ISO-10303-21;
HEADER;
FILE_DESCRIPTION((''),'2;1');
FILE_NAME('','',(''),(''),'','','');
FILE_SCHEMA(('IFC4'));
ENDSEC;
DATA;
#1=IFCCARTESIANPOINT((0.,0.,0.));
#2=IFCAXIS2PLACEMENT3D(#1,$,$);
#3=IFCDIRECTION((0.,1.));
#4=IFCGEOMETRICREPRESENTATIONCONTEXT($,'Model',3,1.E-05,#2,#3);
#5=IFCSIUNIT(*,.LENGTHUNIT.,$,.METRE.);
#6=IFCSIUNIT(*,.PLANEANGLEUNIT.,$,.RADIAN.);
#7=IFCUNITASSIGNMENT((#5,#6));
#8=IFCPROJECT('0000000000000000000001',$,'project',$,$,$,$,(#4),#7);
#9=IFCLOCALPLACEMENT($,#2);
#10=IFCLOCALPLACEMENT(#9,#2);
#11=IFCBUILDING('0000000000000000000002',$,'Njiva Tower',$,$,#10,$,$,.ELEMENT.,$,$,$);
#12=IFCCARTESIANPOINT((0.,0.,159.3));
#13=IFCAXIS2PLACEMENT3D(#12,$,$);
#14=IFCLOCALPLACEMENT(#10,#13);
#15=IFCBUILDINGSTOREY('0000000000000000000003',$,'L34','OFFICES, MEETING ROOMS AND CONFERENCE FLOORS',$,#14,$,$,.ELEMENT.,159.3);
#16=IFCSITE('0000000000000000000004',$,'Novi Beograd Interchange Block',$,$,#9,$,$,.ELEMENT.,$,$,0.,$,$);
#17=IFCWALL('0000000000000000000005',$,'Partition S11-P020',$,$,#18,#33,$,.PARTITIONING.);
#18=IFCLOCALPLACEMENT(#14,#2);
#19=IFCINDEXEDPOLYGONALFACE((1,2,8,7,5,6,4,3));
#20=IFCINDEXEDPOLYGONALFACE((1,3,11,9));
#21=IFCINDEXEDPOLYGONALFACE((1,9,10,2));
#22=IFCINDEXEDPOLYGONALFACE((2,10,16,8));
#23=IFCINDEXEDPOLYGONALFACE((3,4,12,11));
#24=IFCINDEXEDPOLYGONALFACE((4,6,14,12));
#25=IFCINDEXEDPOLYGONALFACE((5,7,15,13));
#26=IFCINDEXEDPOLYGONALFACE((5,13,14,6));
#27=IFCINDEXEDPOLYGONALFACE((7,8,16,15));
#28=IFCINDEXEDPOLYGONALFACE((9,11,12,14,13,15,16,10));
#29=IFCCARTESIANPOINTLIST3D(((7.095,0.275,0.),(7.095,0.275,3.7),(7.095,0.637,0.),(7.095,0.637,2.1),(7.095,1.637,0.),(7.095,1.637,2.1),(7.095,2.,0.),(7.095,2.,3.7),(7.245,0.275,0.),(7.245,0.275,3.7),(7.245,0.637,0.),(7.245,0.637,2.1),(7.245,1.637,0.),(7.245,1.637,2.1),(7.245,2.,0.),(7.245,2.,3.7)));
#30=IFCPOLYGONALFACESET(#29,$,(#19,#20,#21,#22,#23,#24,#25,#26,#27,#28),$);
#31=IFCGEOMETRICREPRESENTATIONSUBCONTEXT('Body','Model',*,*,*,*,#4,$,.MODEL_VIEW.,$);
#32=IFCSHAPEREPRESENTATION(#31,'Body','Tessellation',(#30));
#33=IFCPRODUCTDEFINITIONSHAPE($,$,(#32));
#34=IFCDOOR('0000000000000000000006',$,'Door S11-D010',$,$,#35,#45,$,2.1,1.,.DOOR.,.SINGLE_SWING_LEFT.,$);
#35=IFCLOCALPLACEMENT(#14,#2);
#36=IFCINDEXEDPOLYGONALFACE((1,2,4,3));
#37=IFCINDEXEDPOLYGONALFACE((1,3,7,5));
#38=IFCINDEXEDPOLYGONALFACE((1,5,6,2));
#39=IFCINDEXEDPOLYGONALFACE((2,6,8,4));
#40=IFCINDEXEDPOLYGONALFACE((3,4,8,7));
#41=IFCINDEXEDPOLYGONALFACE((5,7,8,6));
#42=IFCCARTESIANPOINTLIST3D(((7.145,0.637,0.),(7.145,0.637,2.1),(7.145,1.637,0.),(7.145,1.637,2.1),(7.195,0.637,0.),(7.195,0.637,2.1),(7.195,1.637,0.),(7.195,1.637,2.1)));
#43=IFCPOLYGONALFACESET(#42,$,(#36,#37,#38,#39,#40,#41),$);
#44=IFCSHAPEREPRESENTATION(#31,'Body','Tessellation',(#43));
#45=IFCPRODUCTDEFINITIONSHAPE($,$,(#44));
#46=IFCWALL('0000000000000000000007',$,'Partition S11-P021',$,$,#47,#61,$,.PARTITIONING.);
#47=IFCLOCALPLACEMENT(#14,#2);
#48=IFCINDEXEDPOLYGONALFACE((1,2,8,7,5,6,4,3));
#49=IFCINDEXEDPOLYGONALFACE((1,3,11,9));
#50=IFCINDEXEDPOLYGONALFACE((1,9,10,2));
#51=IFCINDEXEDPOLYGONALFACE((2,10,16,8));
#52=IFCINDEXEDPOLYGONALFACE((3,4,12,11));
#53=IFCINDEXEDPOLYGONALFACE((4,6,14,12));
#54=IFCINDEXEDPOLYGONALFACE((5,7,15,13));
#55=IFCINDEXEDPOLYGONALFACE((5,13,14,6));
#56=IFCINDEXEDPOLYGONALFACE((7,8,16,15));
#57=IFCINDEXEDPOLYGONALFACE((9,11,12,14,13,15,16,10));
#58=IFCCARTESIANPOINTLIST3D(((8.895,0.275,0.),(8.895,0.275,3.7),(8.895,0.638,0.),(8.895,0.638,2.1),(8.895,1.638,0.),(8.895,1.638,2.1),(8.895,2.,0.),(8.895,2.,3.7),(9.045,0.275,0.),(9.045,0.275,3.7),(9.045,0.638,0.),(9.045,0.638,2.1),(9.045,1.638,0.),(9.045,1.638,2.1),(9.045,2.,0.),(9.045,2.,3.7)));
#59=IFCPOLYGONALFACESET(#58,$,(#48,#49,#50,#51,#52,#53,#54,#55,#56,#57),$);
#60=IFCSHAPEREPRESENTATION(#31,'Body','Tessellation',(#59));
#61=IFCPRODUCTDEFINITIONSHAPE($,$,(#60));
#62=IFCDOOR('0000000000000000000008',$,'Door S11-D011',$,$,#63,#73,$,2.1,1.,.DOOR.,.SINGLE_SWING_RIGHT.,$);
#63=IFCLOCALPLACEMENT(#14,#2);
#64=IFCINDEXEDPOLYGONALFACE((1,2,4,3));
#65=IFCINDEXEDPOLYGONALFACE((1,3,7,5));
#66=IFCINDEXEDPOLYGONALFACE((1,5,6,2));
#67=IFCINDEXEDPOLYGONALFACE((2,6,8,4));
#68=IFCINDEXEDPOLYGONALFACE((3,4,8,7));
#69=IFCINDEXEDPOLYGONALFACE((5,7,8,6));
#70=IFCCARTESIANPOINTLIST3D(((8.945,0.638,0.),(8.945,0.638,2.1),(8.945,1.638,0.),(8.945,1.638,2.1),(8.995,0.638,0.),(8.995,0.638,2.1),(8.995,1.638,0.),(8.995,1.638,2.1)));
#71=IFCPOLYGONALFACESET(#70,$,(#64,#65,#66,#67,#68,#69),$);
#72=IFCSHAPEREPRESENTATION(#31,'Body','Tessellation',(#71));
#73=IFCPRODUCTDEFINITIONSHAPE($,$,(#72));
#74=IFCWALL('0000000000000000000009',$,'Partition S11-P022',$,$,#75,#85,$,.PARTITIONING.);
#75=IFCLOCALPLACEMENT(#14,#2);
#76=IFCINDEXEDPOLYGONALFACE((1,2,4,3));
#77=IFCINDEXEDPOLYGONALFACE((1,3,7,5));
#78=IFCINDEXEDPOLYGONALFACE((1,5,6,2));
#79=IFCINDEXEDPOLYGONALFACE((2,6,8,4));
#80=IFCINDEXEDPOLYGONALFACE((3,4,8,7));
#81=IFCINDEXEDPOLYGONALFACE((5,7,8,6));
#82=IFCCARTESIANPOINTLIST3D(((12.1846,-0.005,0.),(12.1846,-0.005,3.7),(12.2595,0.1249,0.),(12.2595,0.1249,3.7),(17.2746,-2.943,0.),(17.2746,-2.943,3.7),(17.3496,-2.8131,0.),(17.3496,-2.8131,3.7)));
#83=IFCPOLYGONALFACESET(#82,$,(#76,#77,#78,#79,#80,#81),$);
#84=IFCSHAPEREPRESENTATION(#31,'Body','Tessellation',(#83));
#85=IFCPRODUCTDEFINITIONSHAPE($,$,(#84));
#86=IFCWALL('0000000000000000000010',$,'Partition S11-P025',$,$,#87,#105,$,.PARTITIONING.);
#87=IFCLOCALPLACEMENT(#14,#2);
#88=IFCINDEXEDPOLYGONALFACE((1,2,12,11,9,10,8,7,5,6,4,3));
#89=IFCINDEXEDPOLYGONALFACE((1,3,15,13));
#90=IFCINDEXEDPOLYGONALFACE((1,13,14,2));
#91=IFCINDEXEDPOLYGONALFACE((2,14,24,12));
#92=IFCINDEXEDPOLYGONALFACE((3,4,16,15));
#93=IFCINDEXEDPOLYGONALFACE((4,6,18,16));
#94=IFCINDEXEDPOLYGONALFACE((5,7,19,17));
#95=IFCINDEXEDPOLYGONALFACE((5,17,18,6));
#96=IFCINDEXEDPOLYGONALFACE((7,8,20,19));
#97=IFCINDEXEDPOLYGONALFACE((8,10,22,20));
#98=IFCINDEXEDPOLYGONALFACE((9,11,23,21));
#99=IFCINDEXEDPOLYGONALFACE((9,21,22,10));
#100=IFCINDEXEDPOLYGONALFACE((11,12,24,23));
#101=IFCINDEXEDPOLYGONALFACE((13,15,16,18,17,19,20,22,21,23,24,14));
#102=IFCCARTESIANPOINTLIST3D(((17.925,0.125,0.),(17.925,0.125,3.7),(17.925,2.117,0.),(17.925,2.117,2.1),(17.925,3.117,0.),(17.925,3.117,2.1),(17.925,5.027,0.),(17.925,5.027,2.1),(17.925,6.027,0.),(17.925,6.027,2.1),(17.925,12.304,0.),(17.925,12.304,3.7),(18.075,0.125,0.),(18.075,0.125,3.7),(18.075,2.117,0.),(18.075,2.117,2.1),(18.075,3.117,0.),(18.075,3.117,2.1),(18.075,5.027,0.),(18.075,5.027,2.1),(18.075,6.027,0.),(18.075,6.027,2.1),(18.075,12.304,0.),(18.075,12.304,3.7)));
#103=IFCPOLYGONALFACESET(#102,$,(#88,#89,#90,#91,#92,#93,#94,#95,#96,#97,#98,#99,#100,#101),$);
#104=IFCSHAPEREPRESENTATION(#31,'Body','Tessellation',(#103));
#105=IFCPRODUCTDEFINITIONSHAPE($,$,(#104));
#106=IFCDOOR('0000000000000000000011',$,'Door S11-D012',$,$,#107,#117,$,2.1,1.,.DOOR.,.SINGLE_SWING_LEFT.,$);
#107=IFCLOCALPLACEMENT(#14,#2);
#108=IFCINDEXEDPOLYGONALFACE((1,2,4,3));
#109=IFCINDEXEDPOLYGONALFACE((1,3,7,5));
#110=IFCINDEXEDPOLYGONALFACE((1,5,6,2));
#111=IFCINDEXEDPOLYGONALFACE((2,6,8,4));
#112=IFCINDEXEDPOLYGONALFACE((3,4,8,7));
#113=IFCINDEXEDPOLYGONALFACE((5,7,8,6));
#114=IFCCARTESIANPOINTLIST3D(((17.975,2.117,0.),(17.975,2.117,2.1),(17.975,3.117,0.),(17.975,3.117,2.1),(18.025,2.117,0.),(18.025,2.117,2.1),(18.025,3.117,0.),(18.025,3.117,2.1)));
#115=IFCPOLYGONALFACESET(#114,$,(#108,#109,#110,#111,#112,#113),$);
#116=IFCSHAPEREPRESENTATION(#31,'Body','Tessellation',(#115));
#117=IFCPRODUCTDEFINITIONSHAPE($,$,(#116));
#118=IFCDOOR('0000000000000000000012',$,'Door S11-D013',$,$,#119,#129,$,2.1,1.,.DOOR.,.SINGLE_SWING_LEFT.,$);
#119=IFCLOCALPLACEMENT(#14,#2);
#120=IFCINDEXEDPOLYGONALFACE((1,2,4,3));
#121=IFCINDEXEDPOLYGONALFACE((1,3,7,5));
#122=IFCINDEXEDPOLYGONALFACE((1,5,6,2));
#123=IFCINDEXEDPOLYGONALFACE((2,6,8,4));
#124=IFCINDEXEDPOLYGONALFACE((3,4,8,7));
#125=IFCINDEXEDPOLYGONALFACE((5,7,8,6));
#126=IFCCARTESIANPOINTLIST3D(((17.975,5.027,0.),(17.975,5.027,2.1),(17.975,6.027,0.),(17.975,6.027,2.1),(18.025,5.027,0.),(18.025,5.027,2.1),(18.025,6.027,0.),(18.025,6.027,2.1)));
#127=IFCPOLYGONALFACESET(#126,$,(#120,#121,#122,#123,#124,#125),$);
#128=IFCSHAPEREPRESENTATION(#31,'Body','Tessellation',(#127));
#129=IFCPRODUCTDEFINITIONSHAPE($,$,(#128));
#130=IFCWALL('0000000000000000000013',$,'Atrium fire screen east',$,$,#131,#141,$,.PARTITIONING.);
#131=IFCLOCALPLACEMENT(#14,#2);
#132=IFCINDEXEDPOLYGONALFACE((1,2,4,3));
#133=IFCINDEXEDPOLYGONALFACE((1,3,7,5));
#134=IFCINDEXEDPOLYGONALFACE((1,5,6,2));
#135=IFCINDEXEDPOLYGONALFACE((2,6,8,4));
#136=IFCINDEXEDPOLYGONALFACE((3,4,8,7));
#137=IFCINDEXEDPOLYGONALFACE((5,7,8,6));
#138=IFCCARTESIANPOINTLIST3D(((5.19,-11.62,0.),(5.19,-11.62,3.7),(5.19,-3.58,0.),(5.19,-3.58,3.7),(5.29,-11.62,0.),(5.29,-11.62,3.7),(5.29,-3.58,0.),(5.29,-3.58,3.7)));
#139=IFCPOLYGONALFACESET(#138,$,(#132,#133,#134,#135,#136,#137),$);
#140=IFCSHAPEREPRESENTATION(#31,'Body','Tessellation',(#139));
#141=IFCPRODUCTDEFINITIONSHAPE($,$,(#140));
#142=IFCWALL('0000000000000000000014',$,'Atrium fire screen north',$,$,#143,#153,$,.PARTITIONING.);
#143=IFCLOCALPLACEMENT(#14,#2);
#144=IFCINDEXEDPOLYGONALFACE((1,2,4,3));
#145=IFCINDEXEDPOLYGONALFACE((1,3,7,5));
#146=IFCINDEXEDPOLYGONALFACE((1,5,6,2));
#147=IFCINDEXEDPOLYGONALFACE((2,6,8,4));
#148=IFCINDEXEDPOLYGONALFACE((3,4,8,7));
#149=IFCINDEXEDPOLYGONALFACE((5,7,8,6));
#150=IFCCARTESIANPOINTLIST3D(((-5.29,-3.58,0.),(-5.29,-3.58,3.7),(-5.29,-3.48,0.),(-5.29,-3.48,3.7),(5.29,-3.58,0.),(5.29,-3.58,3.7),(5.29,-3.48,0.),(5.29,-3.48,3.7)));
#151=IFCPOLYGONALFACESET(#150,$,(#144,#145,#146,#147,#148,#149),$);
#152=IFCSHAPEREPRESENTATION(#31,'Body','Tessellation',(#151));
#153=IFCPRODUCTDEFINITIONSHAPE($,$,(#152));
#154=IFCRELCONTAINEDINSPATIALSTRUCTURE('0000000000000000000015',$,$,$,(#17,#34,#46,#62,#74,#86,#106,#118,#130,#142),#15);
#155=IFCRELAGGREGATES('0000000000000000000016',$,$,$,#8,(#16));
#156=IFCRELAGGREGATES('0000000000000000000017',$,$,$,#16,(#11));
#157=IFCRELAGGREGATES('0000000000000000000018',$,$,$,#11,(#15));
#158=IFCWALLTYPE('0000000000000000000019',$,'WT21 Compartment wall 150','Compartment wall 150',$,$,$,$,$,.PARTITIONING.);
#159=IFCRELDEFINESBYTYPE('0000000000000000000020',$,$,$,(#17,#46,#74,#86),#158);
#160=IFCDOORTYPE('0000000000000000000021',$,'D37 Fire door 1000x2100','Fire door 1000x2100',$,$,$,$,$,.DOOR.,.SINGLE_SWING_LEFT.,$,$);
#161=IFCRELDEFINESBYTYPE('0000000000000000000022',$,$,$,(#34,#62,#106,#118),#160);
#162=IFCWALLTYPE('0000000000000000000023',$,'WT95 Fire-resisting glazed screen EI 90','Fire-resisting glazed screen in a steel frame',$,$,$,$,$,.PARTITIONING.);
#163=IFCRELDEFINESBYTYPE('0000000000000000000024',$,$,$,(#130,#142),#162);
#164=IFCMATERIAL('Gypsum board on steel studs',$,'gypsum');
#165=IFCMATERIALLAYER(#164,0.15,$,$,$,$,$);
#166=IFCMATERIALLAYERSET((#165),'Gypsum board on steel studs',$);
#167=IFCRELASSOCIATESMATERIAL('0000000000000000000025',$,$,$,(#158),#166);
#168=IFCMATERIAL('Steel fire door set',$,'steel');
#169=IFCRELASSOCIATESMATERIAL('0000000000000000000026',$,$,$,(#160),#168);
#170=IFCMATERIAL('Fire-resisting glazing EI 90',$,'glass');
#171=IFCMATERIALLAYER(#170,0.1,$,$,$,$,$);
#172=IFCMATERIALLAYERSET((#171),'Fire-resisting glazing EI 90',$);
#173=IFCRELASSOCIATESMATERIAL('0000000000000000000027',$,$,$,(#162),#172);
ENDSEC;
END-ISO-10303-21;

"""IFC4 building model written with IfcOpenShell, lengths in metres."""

from ifc_helpers import new_model, si_unit, direction, frame, frame_2d, origin, place, context, subcontext, project, spatial, rectangle, extrude, material, layer, layer_set, type_object, element, fill, save


model = new_model("IFC4")

# Units and contexts
model_context = context("Model", 3, precision=1e-05, world=origin(), true_north=direction((0.0, 1.0)))
body_context = subcontext(model_context, "Body", "Model", "MODEL_VIEW")
ifc_project = project(units=[si_unit("LENGTHUNIT", "METRE"), si_unit("PLANEANGLEUNIT", "RADIAN")], contexts=[model_context])

# Site, building, storey
site_placement = place(None, origin())
site = spatial("IfcSite", under=ifc_project, at=site_placement, Name="Novi Beograd Interchange Block", CompositionType="ELEMENT", RefElevation=0.0)
building_placement = place(site_placement, origin())
building = spatial("IfcBuilding", under=site, at=building_placement, Name="Njiva Tower", CompositionType="ELEMENT")
storey_placement = place(building_placement, frame((0.0, 0.0, 159.3)))
storey = spatial("IfcBuildingStorey", under=building, at=storey_placement, Name="L34", Description="OFFICES, MEETING ROOMS AND CONFERENCE FLOORS", CompositionType="ELEMENT", Elevation=159.3)

# Shared definitions
ifc_material_1 = material(Name="Gypsum board on steel studs", Category="gypsum")
ifc_layer_1 = layer(ifc_material_1, 0.15)
ifc_layer_set_1 = layer_set([ifc_layer_1], Name="Gypsum board on steel studs")
wall_type_1 = type_object("IfcWallType", Name="WT21 Compartment wall 150", Description="Compartment wall 150", PredefinedType="PARTITIONING", material=ifc_layer_set_1)

# Walls, openings, doors
ifc_material_2 = material(Name="Steel fire door set", Category="steel")
door_type = type_object("IfcDoorType", Name="D37 Fire door 1000x2100", Description="Fire door 1000x2100", OperationType="SINGLE_SWING_LEFT", PredefinedType="DOOR", material=ifc_material_2)
wall_1_placement = place(storey_placement, frame((7.17, 0.275, 0.0), z_axis=(0.0, 0.0, 1.0), x_axis=(0.0, 1.0, 0.0)))
wall_1 = element("IfcWall", 1, at=wall_1_placement, inside=storey, type_object=wall_type_1, Name="Partition S11-P020", PredefinedType="PARTITIONING", context=body_context, shape_type="SweptSolid", body=[
    extrude(rectangle(XDim=1.725, YDim=0.15, at=frame_2d((0.8625, 0.0))), origin(), (0.0, 0.0, 1.0), 3.7),
])
opening_1_placement = place(wall_1_placement, frame((0.362, 0.0, 0.0)))
opening_1 = element("IfcOpeningElement", 2, at=opening_1_placement, cuts=wall_1, PredefinedType="OPENING", context=body_context, shape_type="SweptSolid", body=[
    extrude(rectangle(XDim=1.0, YDim=2.1, at=frame_2d((0.5, 1.05))), frame((0.0, 0.085, 0.0), z_axis=(0.0, -1.0, 0.0), x_axis=(1.0, 0.0, 0.0)), (0.0, 0.0, 1.0), 0.17),
])
door_1_placement = place(opening_1_placement, origin())
door_1 = element("IfcDoor", 3, at=door_1_placement, inside=storey, type_object=door_type, Name="Door S11-D010", OperationType="SINGLE_SWING_LEFT", OverallHeight=2.1, OverallWidth=1.0, PredefinedType="DOOR", context=body_context, shape_type="SweptSolid", body=[
    extrude(rectangle(XDim=1.0, YDim=2.1, at=frame_2d((0.5, 1.05))), frame((0.0, 0.025, 0.0), z_axis=(0.0, -1.0, 0.0), x_axis=(1.0, 0.0, 0.0)), (0.0, 0.0, 1.0), 0.05),
])
fill(opening_1, door_1)
wall_2_placement = place(storey_placement, frame((8.97, 0.275, 0.0), z_axis=(0.0, 0.0, 1.0), x_axis=(0.0, 1.0, 0.0)))
wall_2 = element("IfcWall", 4, at=wall_2_placement, inside=storey, type_object=wall_type_1, Name="Partition S11-P021", PredefinedType="PARTITIONING", context=body_context, shape_type="SweptSolid", body=[
    extrude(rectangle(XDim=1.725, YDim=0.15, at=frame_2d((0.8625, 0.0))), origin(), (0.0, 0.0, 1.0), 3.7),
])
opening_2_placement = place(wall_2_placement, frame((0.363, 0.0, 0.0)))
opening_2 = element("IfcOpeningElement", 5, at=opening_2_placement, cuts=wall_2, PredefinedType="OPENING", context=body_context, shape_type="SweptSolid", body=[
    extrude(rectangle(XDim=1.0, YDim=2.1, at=frame_2d((0.5, 1.05))), frame((0.0, 0.085, 0.0), z_axis=(0.0, -1.0, 0.0), x_axis=(1.0, 0.0, 0.0)), (0.0, 0.0, 1.0), 0.17),
])
door_2_placement = place(opening_2_placement, origin())
door_2 = element("IfcDoor", 6, at=door_2_placement, inside=storey, type_object=door_type, Name="Door S11-D011", OperationType="SINGLE_SWING_RIGHT", OverallHeight=2.1, OverallWidth=1.0, PredefinedType="DOOR", context=body_context, shape_type="SweptSolid", body=[
    extrude(rectangle(XDim=1.0, YDim=2.1, at=frame_2d((0.5, 1.05))), frame((0.0, 0.025, 0.0), z_axis=(0.0, -1.0, 0.0), x_axis=(1.0, 0.0, 0.0)), (0.0, 0.0, 1.0), 0.05),
])
fill(opening_2, door_2)

# Wall
wall_3_placement = place(storey_placement, frame((12.222, 0.06, 0.0), z_axis=(0.0, 0.0, 1.0), x_axis=(0.866078, -0.499909, 0.0)))
element("IfcWall", 7, at=wall_3_placement, inside=storey, type_object=wall_type_1, Name="Partition S11-P022", PredefinedType="PARTITIONING", context=body_context, shape_type="SweptSolid", body=[
    extrude(rectangle(XDim=5.8771, YDim=0.15, at=frame_2d((2.9386, 0.0))), origin(), (0.0, 0.0, 1.0), 3.7),
])

# Wall, openings, doors
wall_4_placement = place(storey_placement, frame((18.0, 0.125, 0.0), z_axis=(0.0, 0.0, 1.0), x_axis=(0.0, 1.0, 0.0)))
wall_4 = element("IfcWall", 8, at=wall_4_placement, inside=storey, type_object=wall_type_1, Name="Partition S11-P025", PredefinedType="PARTITIONING", context=body_context, shape_type="SweptSolid", body=[
    extrude(rectangle(XDim=12.179, YDim=0.15, at=frame_2d((6.0895, 0.0))), origin(), (0.0, 0.0, 1.0), 3.7),
])
opening_3_placement = place(wall_4_placement, frame((1.992, 0.0, 0.0)))
opening_3 = element("IfcOpeningElement", 9, at=opening_3_placement, cuts=wall_4, PredefinedType="OPENING", context=body_context, shape_type="SweptSolid", body=[
    extrude(rectangle(XDim=1.0, YDim=2.1, at=frame_2d((0.5, 1.05))), frame((0.0, 0.085, 0.0), z_axis=(0.0, -1.0, 0.0), x_axis=(1.0, 0.0, 0.0)), (0.0, 0.0, 1.0), 0.17),
])
opening_4_placement = place(wall_4_placement, frame((4.902, 0.0, 0.0)))
opening_4 = element("IfcOpeningElement", 10, at=opening_4_placement, cuts=wall_4, PredefinedType="OPENING", context=body_context, shape_type="SweptSolid", body=[
    extrude(rectangle(XDim=1.0, YDim=2.1, at=frame_2d((0.5, 1.05))), frame((0.0, 0.085, 0.0), z_axis=(0.0, -1.0, 0.0), x_axis=(1.0, 0.0, 0.0)), (0.0, 0.0, 1.0), 0.17),
])
door_3_placement = place(opening_3_placement, origin())
door_3 = element("IfcDoor", 11, at=door_3_placement, inside=storey, type_object=door_type, Name="Door S11-D012", OperationType="SINGLE_SWING_LEFT", OverallHeight=2.1, OverallWidth=1.0, PredefinedType="DOOR", context=body_context, shape_type="SweptSolid", body=[
    extrude(rectangle(XDim=1.0, YDim=2.1, at=frame_2d((0.5, 1.05))), frame((0.0, 0.025, 0.0), z_axis=(0.0, -1.0, 0.0), x_axis=(1.0, 0.0, 0.0)), (0.0, 0.0, 1.0), 0.05),
])
fill(opening_3, door_3)
door_4_placement = place(opening_4_placement, origin())
door_4 = element("IfcDoor", 12, at=door_4_placement, inside=storey, type_object=door_type, Name="Door S11-D013", OperationType="SINGLE_SWING_LEFT", OverallHeight=2.1, OverallWidth=1.0, PredefinedType="DOOR", context=body_context, shape_type="SweptSolid", body=[
    extrude(rectangle(XDim=1.0, YDim=2.1, at=frame_2d((0.5, 1.05))), frame((0.0, 0.025, 0.0), z_axis=(0.0, -1.0, 0.0), x_axis=(1.0, 0.0, 0.0)), (0.0, 0.0, 1.0), 0.05),
])
fill(opening_4, door_4)

# Walls
ifc_material_3 = material(Name="Fire-resisting glazing EI 90", Category="glass")
ifc_layer_2 = layer(ifc_material_3, 0.1)
ifc_layer_set_2 = layer_set([ifc_layer_2], Name="Fire-resisting glazing EI 90")
wall_type_2 = type_object("IfcWallType", Name="WT95 Fire-resisting glazed screen EI 90", Description="Fire-resisting glazed screen in a steel frame", PredefinedType="PARTITIONING", material=ifc_layer_set_2)
wall_5_placement = place(storey_placement, frame((5.24, -11.62, 0.0), z_axis=(0.0, 0.0, 1.0), x_axis=(0.0, 1.0, 0.0)))
element("IfcWall", 13, at=wall_5_placement, inside=storey, type_object=wall_type_2, Name="Atrium fire screen east", PredefinedType="PARTITIONING", context=body_context, shape_type="SweptSolid", body=[
    extrude(rectangle(XDim=8.04, YDim=0.1, at=frame_2d((4.02, 0.0))), origin(), (0.0, 0.0, 1.0), 3.7),
])
wall_6_placement = place(storey_placement, frame((5.29, -3.53, 0.0), z_axis=(0.0, 0.0, 1.0), x_axis=(-1.0, 0.0, 0.0)))
element("IfcWall", 14, at=wall_6_placement, inside=storey, type_object=wall_type_2, Name="Atrium fire screen north", PredefinedType="PARTITIONING", context=body_context, shape_type="SweptSolid", body=[
    extrude(rectangle(XDim=10.58, YDim=0.1, at=frame_2d((5.29, 0.0))), origin(), (0.0, 0.0, 1.0), 3.7),
])

save(model, "model.ifc")
